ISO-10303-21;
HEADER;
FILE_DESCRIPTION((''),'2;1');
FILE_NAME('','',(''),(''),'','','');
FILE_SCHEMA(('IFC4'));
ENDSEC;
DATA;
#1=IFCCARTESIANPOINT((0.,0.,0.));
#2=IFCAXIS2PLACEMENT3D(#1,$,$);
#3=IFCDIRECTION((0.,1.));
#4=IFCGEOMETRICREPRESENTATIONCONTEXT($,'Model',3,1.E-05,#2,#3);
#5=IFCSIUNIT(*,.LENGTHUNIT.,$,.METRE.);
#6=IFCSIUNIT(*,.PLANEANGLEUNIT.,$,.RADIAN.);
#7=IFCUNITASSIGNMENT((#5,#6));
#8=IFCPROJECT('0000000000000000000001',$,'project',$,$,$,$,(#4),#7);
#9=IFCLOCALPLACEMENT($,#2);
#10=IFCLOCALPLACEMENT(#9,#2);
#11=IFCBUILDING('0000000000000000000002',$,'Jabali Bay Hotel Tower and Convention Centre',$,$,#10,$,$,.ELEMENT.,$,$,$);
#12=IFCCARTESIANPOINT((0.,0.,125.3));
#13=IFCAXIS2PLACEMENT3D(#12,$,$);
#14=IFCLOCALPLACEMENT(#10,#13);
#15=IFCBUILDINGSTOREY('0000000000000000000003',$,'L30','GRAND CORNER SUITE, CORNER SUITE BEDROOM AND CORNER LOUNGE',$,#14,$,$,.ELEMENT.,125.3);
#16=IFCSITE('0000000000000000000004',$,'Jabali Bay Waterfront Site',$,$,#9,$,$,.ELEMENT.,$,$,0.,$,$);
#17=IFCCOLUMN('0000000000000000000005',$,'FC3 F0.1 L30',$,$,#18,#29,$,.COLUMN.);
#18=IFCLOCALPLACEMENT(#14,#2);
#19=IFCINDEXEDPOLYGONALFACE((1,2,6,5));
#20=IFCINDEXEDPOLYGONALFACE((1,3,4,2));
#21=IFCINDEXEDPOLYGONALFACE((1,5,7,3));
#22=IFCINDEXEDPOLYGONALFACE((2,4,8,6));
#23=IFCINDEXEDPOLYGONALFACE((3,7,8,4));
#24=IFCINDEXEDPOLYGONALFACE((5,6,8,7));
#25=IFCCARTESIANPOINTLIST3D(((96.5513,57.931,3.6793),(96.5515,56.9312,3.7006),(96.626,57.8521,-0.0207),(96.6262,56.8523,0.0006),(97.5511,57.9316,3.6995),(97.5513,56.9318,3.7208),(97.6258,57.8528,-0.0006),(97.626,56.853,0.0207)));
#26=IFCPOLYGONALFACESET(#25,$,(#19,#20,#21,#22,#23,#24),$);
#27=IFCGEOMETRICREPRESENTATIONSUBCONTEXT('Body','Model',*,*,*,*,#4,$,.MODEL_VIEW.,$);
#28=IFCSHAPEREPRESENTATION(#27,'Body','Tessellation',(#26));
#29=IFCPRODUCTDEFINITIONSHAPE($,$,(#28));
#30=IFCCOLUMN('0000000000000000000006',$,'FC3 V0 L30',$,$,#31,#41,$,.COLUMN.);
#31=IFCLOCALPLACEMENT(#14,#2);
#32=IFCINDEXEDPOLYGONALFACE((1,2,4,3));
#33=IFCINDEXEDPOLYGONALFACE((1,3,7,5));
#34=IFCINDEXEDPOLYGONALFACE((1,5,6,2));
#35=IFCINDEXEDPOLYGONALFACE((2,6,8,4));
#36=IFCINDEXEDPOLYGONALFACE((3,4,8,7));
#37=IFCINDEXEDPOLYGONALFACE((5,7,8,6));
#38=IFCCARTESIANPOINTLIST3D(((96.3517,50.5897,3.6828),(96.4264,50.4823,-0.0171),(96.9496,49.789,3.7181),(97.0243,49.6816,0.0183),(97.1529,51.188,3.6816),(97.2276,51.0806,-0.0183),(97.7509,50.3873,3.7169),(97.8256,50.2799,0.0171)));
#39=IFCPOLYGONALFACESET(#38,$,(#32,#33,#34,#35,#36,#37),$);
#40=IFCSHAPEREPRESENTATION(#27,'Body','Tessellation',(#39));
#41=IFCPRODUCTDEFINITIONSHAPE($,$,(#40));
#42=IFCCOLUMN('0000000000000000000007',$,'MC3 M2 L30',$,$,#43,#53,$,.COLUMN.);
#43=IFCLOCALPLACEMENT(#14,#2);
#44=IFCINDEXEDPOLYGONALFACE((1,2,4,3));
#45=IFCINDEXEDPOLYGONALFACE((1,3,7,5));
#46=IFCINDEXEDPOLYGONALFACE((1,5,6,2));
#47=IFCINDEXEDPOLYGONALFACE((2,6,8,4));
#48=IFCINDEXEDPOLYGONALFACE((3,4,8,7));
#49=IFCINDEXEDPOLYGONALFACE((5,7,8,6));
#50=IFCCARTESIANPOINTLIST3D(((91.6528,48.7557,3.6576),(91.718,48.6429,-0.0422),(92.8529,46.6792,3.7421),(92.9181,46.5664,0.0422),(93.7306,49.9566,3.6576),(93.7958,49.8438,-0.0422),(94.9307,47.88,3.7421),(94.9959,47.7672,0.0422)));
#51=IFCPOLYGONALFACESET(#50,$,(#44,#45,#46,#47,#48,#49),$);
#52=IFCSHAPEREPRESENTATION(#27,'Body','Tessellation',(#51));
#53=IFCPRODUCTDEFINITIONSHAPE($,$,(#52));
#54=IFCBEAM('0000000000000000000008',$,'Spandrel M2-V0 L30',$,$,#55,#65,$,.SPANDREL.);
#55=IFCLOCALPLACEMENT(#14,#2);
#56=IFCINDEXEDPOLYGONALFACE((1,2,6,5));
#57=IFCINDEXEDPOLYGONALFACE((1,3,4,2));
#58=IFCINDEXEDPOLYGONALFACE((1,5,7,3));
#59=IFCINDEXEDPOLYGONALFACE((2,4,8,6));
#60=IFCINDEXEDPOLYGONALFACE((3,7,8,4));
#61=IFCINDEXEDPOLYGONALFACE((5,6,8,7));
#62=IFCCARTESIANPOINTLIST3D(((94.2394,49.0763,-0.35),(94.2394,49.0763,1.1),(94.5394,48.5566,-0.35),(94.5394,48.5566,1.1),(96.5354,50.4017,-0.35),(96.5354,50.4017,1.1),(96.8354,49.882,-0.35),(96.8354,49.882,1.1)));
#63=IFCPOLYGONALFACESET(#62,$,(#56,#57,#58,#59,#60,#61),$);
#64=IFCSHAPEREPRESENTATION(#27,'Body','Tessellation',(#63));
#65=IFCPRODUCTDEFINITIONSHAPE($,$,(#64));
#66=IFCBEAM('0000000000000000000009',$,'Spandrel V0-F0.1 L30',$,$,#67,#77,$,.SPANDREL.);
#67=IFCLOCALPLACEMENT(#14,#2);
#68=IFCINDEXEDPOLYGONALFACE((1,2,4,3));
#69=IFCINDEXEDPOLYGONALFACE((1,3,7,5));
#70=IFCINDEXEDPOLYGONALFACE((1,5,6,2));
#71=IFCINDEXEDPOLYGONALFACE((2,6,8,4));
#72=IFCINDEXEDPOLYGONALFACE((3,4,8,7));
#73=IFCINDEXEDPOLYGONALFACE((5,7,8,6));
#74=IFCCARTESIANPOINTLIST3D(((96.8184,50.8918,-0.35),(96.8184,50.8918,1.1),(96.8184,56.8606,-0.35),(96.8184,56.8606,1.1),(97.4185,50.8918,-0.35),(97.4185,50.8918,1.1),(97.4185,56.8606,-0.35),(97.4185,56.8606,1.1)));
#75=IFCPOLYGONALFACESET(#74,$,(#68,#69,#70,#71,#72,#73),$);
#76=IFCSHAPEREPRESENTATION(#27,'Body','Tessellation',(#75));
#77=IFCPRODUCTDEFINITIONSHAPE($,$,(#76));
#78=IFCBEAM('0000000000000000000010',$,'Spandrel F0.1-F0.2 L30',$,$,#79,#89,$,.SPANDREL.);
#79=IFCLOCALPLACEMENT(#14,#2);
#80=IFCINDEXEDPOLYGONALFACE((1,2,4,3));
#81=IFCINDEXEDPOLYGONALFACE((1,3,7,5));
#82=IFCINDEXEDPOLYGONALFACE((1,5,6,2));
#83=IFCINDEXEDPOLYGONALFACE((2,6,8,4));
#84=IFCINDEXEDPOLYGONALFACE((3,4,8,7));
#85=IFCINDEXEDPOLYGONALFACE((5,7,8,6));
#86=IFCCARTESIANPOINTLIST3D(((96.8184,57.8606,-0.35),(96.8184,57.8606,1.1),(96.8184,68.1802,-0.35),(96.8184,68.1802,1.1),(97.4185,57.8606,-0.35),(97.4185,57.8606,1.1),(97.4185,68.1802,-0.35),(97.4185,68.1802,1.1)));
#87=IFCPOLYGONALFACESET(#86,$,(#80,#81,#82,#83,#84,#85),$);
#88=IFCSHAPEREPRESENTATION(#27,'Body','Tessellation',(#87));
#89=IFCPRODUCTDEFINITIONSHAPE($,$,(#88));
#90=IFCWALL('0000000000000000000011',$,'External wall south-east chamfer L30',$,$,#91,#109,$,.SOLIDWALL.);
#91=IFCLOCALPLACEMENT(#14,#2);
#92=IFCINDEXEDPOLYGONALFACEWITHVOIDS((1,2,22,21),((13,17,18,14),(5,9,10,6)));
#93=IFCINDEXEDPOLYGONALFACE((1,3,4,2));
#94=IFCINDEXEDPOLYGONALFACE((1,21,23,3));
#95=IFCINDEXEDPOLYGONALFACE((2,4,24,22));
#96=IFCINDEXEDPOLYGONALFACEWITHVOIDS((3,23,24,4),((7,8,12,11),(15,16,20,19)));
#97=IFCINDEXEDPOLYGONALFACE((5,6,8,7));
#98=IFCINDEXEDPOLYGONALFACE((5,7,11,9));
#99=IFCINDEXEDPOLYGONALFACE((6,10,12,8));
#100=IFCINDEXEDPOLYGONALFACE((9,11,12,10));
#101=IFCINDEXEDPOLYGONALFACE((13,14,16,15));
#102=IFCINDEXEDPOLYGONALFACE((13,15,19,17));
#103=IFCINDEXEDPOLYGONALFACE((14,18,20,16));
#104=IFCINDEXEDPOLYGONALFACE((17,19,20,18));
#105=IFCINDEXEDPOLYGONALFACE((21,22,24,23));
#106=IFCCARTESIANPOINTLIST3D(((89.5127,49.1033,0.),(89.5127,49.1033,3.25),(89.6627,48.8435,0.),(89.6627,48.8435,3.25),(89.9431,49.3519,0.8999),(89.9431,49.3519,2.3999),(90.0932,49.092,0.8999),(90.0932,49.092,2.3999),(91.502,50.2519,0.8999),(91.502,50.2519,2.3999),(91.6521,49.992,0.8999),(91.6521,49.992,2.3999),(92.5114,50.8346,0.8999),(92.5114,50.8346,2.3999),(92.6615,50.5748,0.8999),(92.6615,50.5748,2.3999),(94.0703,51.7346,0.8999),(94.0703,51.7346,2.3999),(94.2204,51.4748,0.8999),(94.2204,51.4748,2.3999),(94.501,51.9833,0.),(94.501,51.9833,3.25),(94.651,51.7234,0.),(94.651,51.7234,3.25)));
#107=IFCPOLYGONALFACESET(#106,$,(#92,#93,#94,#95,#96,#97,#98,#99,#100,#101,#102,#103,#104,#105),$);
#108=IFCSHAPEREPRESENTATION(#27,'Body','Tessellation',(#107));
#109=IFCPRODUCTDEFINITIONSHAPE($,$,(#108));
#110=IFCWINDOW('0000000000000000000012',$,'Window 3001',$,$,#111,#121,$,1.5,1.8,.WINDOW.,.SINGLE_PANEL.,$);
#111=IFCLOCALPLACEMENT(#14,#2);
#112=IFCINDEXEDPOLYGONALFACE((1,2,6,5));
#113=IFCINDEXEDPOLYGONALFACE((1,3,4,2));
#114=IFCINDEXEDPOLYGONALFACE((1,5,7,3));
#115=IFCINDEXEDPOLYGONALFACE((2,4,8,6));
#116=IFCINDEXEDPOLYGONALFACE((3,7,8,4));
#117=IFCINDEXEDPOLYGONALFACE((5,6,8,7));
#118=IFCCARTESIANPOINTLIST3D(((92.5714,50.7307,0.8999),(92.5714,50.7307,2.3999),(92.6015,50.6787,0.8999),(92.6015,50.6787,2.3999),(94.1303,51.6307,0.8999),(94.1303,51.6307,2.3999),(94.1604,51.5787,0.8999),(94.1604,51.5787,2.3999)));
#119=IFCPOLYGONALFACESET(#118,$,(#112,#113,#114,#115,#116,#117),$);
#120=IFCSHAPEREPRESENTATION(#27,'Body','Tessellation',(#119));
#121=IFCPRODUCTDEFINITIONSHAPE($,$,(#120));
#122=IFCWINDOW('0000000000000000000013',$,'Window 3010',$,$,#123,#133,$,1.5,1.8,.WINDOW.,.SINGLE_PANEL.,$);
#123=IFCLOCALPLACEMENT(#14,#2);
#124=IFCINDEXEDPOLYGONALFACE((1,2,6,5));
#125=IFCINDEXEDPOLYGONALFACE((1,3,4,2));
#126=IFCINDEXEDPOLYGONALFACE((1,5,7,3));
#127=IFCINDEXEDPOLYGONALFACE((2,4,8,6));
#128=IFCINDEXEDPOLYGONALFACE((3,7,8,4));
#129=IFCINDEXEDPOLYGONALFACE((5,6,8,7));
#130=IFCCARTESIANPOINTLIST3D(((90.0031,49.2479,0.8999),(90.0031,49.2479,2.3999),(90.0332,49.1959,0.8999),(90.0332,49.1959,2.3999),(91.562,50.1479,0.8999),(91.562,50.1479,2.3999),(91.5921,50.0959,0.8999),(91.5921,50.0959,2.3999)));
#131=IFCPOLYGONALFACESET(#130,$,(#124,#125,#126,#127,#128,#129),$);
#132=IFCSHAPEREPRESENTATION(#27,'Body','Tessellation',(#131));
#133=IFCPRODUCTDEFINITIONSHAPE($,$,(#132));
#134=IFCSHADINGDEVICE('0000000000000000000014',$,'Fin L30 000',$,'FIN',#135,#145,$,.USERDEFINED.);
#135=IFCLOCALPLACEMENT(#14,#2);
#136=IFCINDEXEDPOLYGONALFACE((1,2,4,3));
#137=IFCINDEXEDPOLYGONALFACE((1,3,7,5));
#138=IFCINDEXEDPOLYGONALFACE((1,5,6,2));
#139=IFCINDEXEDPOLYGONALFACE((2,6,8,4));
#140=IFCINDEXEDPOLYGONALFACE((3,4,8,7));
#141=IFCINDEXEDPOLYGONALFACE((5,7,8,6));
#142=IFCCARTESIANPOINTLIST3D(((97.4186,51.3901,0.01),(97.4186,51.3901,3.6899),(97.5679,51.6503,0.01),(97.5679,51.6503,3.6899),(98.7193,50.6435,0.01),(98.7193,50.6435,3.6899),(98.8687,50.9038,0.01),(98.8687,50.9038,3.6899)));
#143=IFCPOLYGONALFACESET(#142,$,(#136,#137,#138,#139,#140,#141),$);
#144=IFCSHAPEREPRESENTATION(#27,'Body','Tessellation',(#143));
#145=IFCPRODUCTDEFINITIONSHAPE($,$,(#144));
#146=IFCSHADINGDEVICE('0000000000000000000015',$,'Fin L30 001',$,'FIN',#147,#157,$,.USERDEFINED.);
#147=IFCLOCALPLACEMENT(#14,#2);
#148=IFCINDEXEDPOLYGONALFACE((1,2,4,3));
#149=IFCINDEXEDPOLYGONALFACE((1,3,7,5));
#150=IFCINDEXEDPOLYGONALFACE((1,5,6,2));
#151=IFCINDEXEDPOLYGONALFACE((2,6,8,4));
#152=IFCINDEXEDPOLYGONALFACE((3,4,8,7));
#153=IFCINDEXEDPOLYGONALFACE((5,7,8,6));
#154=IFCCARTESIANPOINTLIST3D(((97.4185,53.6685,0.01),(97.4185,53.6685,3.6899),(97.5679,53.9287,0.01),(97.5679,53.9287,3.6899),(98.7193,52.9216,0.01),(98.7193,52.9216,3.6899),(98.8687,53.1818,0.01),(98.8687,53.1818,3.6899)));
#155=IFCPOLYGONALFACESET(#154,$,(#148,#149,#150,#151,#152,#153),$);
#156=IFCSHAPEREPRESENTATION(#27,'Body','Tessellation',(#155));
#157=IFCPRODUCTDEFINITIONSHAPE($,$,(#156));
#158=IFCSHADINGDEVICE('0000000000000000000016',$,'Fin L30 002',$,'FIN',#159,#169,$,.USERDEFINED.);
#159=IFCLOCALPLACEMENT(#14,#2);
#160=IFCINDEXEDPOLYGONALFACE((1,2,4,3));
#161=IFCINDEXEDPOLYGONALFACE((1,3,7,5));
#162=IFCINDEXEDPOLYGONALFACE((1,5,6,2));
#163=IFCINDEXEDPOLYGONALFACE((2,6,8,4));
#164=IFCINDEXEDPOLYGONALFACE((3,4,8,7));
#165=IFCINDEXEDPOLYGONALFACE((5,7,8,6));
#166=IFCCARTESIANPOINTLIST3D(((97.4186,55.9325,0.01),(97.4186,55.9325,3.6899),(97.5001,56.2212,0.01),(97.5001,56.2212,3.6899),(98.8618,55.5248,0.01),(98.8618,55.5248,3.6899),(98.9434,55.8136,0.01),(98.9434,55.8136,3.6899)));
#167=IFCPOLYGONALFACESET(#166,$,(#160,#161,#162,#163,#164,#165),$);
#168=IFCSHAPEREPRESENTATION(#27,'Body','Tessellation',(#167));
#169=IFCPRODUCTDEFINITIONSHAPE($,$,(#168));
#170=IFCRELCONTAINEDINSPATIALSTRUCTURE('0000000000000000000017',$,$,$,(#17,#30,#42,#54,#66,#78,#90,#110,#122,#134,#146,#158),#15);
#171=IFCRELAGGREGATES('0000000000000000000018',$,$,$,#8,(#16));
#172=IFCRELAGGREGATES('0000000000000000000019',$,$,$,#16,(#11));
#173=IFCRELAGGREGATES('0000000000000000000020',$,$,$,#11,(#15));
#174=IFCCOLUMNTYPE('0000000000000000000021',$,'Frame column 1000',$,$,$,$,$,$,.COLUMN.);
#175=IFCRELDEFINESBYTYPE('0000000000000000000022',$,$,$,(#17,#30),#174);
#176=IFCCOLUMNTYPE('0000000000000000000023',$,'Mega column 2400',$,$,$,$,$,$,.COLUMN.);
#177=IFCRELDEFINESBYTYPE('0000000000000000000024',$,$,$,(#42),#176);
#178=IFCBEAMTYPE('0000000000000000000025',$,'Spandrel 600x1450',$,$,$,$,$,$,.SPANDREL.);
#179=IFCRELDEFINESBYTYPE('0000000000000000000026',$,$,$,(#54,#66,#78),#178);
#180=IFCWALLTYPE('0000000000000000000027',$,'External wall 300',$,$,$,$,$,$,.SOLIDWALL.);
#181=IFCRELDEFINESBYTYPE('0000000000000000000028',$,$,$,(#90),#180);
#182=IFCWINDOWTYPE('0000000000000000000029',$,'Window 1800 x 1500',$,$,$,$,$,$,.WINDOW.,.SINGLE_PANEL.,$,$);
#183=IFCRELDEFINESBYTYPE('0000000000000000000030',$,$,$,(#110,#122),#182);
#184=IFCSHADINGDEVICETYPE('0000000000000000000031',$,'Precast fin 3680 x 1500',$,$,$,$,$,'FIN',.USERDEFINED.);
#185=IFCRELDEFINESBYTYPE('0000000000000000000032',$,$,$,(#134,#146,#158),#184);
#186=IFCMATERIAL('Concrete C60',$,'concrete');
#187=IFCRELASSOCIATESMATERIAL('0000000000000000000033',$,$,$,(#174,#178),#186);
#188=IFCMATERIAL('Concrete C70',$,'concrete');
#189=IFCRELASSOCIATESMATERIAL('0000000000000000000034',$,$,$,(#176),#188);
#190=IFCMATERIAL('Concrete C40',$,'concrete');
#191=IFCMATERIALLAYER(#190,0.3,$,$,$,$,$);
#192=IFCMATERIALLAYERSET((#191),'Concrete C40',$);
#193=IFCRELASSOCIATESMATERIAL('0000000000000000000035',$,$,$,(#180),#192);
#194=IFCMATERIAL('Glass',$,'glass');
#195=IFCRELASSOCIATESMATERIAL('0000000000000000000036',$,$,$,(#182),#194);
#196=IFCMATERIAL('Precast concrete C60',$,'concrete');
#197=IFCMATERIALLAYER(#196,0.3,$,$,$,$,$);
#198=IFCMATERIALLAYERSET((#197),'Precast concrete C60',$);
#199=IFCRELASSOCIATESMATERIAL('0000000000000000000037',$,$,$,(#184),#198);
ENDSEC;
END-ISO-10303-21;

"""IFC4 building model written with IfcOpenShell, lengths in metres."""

from ifc_helpers import new_model, si_unit, direction, frame, frame_2d, origin, origin_2d, place, context, subcontext, project, spatial, rectangle, extrude, material, layer, layer_set, material_profile, profile_set, type_object, element, fill, save


model = new_model("IFC4")

# Units and contexts
model_context = context("Model", 3, precision=1e-05, world=origin(), true_north=direction((0.0, 1.0)))
body_context = subcontext(model_context, "Body", "Model", "MODEL_VIEW")
ifc_project = project(units=[si_unit("LENGTHUNIT", "METRE"), si_unit("PLANEANGLEUNIT", "RADIAN")], contexts=[model_context])

# Site, building, storey
site_placement = place(None, origin())
site = spatial("IfcSite", under=ifc_project, at=site_placement, Name="Jabali Bay Waterfront Site", CompositionType="ELEMENT", RefElevation=0.0)
building_placement = place(site_placement, origin())
building = spatial("IfcBuilding", under=site, at=building_placement, Name="Jabali Bay Hotel Tower and Convention Centre", CompositionType="ELEMENT")
storey_placement = place(building_placement, frame((0.0, 0.0, 125.3)))
storey = spatial("IfcBuildingStorey", under=building, at=storey_placement, Name="L30", Description="GRAND CORNER SUITE, CORNER SUITE BEDROOM AND CORNER LOUNGE", CompositionType="ELEMENT", Elevation=125.3)

# Columns
ifc_material_1 = material(Name="Concrete C60", Category="concrete")
ifc_material_profile_1 = material_profile(ifc_material_1, rectangle(XDim=1.0, YDim=1.0, at=origin_2d()), Name="Frame column 1000")
ifc_profile_set_1 = profile_set([ifc_material_profile_1], Name="Concrete C60")
column_type_1 = type_object("IfcColumnType", Name="Frame column 1000", PredefinedType="COLUMN", material=ifc_profile_set_1)
column_1_placement = place(storey_placement, frame((97.126, 57.3525, 0.0), z_axis=(-0.020183, 0.021304, 0.999569), x_axis=(0.000228, -0.999773, 0.021313)))
element("IfcColumn", 1, at=column_1_placement, inside=storey, type_object=column_type_1, Name="FC3 F0.1 L30", PredefinedType="COLUMN", context=body_context, shape_type="SweptSolid", body=[
    extrude(rectangle(XDim=1.0, YDim=1.0, at=origin_2d()), origin(), (0.0, 0.0, 1.0), 3.7017),
])
column_2_placement = place(storey_placement, frame((97.126, 50.3811, 0.0), z_axis=(-0.020179, 0.029015, 0.999375), x_axis=(-0.801251, -0.598328, 0.001193)))
element("IfcColumn", 2, at=column_2_placement, inside=storey, type_object=column_type_1, Name="FC3 V0 L30", PredefinedType="COLUMN", context=body_context, shape_type="SweptSolid", body=[
    extrude(rectangle(XDim=1.0, YDim=1.0, at=origin_2d()), origin(), (0.0, 0.0, 1.0), 3.7021),
])
ifc_material_2 = material(Name="Concrete C70", Category="concrete")
ifc_material_profile_2 = material_profile(ifc_material_2, rectangle(XDim=2.3999, YDim=2.3999, at=origin_2d()), Name="Mega column 2400")
ifc_profile_set_2 = profile_set([ifc_material_profile_2], Name="Concrete C70")
column_type_2 = type_object("IfcColumnType", Name="Mega column 2400", PredefinedType="COLUMN", material=ifc_profile_set_2)
column_3_placement = place(storey_placement, frame((93.3569, 48.2051, 0.0), z_axis=(-0.017607, 0.030466, 0.999381), x_axis=(0.500061, -0.865275, 0.035188)))
element("IfcColumn", 3, at=column_3_placement, inside=storey, type_object=column_type_2, Name="MC3 M2 L30", PredefinedType="COLUMN", context=body_context, shape_type="SweptSolid", body=[
    extrude(rectangle(XDim=2.3999, YDim=2.3999, at=origin_2d()), origin(), (0.0, 0.0, 1.0), 3.7021),
])

# Beams
ifc_material_profile_3 = material_profile(ifc_material_1, rectangle(XDim=0.6001, YDim=1.45, at=origin_2d()), Name="Spandrel 600x1450")
ifc_profile_set_3 = profile_set([ifc_material_profile_3], Name="Concrete C60")
beam_type = type_object("IfcBeamType", Name="Spandrel 600x1450", PredefinedType="SPANDREL", material=ifc_profile_set_3)
beam_1_placement = place(storey_placement, frame((94.3894, 48.8164, 0.375), z_axis=(0.866041, 0.499972, 0.0), x_axis=(-0.499972, 0.866041, 0.0)))
element("IfcBeam", 4, at=beam_1_placement, inside=storey, type_object=beam_type, Name="Spandrel M2-V0 L30", PredefinedType="SPANDREL", context=body_context, shape_type="SweptSolid", body=[
    extrude(rectangle(XDim=0.6001, YDim=1.45, at=origin_2d()), origin(), (0.0, 0.0, 1.0), 2.6511),
])
beam_2_placement = place(storey_placement, frame((97.1184, 50.8918, 0.375), z_axis=(0.0, 1.0, 0.0), x_axis=(-1.0, 0.0, 0.0)))
element("IfcBeam", 5, at=beam_2_placement, inside=storey, type_object=beam_type, Name="Spandrel V0-F0.1 L30", PredefinedType="SPANDREL", context=body_context, shape_type="SweptSolid", body=[
    extrude(rectangle(XDim=0.6001, YDim=1.45, at=origin_2d()), origin(), (0.0, 0.0, 1.0), 5.9688),
])
beam_3_placement = place(storey_placement, frame((97.1184, 57.8606, 0.375), z_axis=(0.0, 1.0, 0.0), x_axis=(-1.0, 0.0, 0.0)))
element("IfcBeam", 6, at=beam_3_placement, inside=storey, type_object=beam_type, Name="Spandrel F0.1-F0.2 L30", PredefinedType="SPANDREL", context=body_context, shape_type="SweptSolid", body=[
    extrude(rectangle(XDim=0.6001, YDim=1.45, at=origin_2d()), origin(), (0.0, 0.0, 1.0), 10.3196),
])

# Wall, openings, windows
ifc_material_3 = material(Name="Concrete C40", Category="concrete")
ifc_layer_1 = layer(ifc_material_3, 0.3)
ifc_layer_set_1 = layer_set([ifc_layer_1], Name="Concrete C40")
wall_type = type_object("IfcWallType", Name="External wall 300", PredefinedType="SOLIDWALL", material=ifc_layer_set_1)
wall_placement = place(storey_placement, frame((94.5759, 51.8533, 0.0), z_axis=(0.0, 0.0, 1.0), x_axis=(-0.866033, -0.499987, 0.0)))
wall = element("IfcWall", 7, at=wall_placement, inside=storey, type_object=wall_type, Name="External wall south-east chamfer L30", PredefinedType="SOLIDWALL", context=body_context, shape_type="SweptSolid", body=[
    extrude(rectangle(XDim=5.76, YDim=0.3, at=frame_2d((2.8799, 0.0))), origin(), (0.0, 0.0, 1.0), 3.25),
])
opening_1_placement = place(wall_placement, frame((0.4973, 0.0, 0.8999)))
opening_1 = element("IfcOpeningElement", 8, at=opening_1_placement, cuts=wall, PredefinedType="OPENING", context=body_context, shape_type="SweptSolid", body=[
    extrude(rectangle(XDim=1.8, YDim=1.5, at=frame_2d((0.8999, 0.75))), frame((0.0, 0.1606, 0.0), z_axis=(0.0, -1.0, 0.0), x_axis=(1.0, 0.0, 0.0)), (0.0, 0.0, 1.0), 0.321),
])
opening_2_placement = place(wall_placement, frame((3.4629, 0.0, 0.8999)))
opening_2 = element("IfcOpeningElement", 9, at=opening_2_placement, cuts=wall, PredefinedType="OPENING", context=body_context, shape_type="SweptSolid", body=[
    extrude(rectangle(XDim=1.8, YDim=1.5, at=frame_2d((0.8999, 0.75))), frame((0.0, 0.1606, 0.0), z_axis=(0.0, -1.0, 0.0), x_axis=(1.0, 0.0, 0.0)), (0.0, 0.0, 1.0), 0.321),
])
ifc_material_4 = material(Name="Glass", Category="glass")
window_type = type_object("IfcWindowType", Name="Window 1800 x 1500", PartitioningType="SINGLE_PANEL", PredefinedType="WINDOW", material=ifc_material_4)
window_1_placement = place(opening_1_placement, origin())
window_1 = element("IfcWindow", 10, at=window_1_placement, inside=storey, type_object=window_type, Name="Window 3001", OverallHeight=1.5, OverallWidth=1.8, PartitioningType="SINGLE_PANEL", PredefinedType="WINDOW", context=body_context, shape_type="SweptSolid", body=[
    extrude(rectangle(XDim=1.8, YDim=1.5, at=frame_2d((0.8999, 0.75))), frame((0.0, 0.03, 0.0), z_axis=(0.0, -1.0, 0.0), x_axis=(1.0, 0.0, 0.0)), (0.0, 0.0, 1.0), 0.0601),
])
fill(opening_1, window_1)
window_2_placement = place(opening_2_placement, origin())
window_2 = element("IfcWindow", 11, at=window_2_placement, inside=storey, type_object=window_type, Name="Window 3010", OverallHeight=1.5, OverallWidth=1.8, PartitioningType="SINGLE_PANEL", PredefinedType="WINDOW", context=body_context, shape_type="SweptSolid", body=[
    extrude(rectangle(XDim=1.8, YDim=1.5, at=frame_2d((0.8999, 0.75))), frame((0.0, 0.03, 0.0), z_axis=(0.0, -1.0, 0.0), x_axis=(1.0, 0.0, 0.0)), (0.0, 0.0, 1.0), 0.0601),
])
fill(opening_2, window_2)

# Shading devices
ifc_material_5 = material(Name="Precast concrete C60", Category="concrete")
ifc_layer_2 = layer(ifc_material_5, 0.3)
ifc_layer_set_2 = layer_set([ifc_layer_2], Name="Precast concrete C60")
shading_device_type = type_object("IfcShadingDeviceType", Name="Precast fin 3680 x 1500", ElementType="FIN", PredefinedType="USERDEFINED", material=ifc_layer_set_2)
shading_device_1_placement = place(storey_placement, frame((97.4932, 51.5203, 0.01), z_axis=(0.0, 0.0, 1.0), x_axis=(0.8673, -0.497786, 0.0)))
element("IfcShadingDevice", 12, at=shading_device_1_placement, inside=storey, type_object=shading_device_type, Name="Fin L30 000", ObjectType="FIN", PredefinedType="USERDEFINED", context=body_context, shape_type="SweptSolid", body=[
    extrude(rectangle(XDim=1.4998, YDim=0.3, at=frame_2d((0.75, 0.0))), origin(), (0.0, 0.0, 1.0), 3.6799),
])
shading_device_2_placement = place(storey_placement, frame((97.4932, 53.7986, 0.01), z_axis=(0.0, 0.0, 1.0), x_axis=(0.86723, -0.497908, 0.0)))
element("IfcShadingDevice", 13, at=shading_device_2_placement, inside=storey, type_object=shading_device_type, Name="Fin L30 001", ObjectType="FIN", PredefinedType="USERDEFINED", context=body_context, shape_type="SweptSolid", body=[
    extrude(rectangle(XDim=1.5, YDim=0.3, at=frame_2d((0.75, 0.0))), origin(), (0.0, 0.0, 1.0), 3.6799),
])
for number, where, z_axis, x_axis, name in (
    (14, (97.4592, 56.0769, 0.01), (0.0, 0.0, 1.0), (0.962343, -0.271839, 0.0), "Fin L30 002"),
):
    element("IfcShadingDevice", number, at=place(storey_placement, frame(where, z_axis=z_axis, x_axis=x_axis)), inside=storey, type_object=shading_device_type, Name=name, ObjectType="FIN", PredefinedType="USERDEFINED", context=body_context, shape_type="SweptSolid", body=[
        extrude(rectangle(XDim=1.4998, YDim=0.3, at=frame_2d((0.75, 0.0))), origin(), (0.0, 0.0, 1.0), 3.6799),
    ])

save(model, "model.ifc")
